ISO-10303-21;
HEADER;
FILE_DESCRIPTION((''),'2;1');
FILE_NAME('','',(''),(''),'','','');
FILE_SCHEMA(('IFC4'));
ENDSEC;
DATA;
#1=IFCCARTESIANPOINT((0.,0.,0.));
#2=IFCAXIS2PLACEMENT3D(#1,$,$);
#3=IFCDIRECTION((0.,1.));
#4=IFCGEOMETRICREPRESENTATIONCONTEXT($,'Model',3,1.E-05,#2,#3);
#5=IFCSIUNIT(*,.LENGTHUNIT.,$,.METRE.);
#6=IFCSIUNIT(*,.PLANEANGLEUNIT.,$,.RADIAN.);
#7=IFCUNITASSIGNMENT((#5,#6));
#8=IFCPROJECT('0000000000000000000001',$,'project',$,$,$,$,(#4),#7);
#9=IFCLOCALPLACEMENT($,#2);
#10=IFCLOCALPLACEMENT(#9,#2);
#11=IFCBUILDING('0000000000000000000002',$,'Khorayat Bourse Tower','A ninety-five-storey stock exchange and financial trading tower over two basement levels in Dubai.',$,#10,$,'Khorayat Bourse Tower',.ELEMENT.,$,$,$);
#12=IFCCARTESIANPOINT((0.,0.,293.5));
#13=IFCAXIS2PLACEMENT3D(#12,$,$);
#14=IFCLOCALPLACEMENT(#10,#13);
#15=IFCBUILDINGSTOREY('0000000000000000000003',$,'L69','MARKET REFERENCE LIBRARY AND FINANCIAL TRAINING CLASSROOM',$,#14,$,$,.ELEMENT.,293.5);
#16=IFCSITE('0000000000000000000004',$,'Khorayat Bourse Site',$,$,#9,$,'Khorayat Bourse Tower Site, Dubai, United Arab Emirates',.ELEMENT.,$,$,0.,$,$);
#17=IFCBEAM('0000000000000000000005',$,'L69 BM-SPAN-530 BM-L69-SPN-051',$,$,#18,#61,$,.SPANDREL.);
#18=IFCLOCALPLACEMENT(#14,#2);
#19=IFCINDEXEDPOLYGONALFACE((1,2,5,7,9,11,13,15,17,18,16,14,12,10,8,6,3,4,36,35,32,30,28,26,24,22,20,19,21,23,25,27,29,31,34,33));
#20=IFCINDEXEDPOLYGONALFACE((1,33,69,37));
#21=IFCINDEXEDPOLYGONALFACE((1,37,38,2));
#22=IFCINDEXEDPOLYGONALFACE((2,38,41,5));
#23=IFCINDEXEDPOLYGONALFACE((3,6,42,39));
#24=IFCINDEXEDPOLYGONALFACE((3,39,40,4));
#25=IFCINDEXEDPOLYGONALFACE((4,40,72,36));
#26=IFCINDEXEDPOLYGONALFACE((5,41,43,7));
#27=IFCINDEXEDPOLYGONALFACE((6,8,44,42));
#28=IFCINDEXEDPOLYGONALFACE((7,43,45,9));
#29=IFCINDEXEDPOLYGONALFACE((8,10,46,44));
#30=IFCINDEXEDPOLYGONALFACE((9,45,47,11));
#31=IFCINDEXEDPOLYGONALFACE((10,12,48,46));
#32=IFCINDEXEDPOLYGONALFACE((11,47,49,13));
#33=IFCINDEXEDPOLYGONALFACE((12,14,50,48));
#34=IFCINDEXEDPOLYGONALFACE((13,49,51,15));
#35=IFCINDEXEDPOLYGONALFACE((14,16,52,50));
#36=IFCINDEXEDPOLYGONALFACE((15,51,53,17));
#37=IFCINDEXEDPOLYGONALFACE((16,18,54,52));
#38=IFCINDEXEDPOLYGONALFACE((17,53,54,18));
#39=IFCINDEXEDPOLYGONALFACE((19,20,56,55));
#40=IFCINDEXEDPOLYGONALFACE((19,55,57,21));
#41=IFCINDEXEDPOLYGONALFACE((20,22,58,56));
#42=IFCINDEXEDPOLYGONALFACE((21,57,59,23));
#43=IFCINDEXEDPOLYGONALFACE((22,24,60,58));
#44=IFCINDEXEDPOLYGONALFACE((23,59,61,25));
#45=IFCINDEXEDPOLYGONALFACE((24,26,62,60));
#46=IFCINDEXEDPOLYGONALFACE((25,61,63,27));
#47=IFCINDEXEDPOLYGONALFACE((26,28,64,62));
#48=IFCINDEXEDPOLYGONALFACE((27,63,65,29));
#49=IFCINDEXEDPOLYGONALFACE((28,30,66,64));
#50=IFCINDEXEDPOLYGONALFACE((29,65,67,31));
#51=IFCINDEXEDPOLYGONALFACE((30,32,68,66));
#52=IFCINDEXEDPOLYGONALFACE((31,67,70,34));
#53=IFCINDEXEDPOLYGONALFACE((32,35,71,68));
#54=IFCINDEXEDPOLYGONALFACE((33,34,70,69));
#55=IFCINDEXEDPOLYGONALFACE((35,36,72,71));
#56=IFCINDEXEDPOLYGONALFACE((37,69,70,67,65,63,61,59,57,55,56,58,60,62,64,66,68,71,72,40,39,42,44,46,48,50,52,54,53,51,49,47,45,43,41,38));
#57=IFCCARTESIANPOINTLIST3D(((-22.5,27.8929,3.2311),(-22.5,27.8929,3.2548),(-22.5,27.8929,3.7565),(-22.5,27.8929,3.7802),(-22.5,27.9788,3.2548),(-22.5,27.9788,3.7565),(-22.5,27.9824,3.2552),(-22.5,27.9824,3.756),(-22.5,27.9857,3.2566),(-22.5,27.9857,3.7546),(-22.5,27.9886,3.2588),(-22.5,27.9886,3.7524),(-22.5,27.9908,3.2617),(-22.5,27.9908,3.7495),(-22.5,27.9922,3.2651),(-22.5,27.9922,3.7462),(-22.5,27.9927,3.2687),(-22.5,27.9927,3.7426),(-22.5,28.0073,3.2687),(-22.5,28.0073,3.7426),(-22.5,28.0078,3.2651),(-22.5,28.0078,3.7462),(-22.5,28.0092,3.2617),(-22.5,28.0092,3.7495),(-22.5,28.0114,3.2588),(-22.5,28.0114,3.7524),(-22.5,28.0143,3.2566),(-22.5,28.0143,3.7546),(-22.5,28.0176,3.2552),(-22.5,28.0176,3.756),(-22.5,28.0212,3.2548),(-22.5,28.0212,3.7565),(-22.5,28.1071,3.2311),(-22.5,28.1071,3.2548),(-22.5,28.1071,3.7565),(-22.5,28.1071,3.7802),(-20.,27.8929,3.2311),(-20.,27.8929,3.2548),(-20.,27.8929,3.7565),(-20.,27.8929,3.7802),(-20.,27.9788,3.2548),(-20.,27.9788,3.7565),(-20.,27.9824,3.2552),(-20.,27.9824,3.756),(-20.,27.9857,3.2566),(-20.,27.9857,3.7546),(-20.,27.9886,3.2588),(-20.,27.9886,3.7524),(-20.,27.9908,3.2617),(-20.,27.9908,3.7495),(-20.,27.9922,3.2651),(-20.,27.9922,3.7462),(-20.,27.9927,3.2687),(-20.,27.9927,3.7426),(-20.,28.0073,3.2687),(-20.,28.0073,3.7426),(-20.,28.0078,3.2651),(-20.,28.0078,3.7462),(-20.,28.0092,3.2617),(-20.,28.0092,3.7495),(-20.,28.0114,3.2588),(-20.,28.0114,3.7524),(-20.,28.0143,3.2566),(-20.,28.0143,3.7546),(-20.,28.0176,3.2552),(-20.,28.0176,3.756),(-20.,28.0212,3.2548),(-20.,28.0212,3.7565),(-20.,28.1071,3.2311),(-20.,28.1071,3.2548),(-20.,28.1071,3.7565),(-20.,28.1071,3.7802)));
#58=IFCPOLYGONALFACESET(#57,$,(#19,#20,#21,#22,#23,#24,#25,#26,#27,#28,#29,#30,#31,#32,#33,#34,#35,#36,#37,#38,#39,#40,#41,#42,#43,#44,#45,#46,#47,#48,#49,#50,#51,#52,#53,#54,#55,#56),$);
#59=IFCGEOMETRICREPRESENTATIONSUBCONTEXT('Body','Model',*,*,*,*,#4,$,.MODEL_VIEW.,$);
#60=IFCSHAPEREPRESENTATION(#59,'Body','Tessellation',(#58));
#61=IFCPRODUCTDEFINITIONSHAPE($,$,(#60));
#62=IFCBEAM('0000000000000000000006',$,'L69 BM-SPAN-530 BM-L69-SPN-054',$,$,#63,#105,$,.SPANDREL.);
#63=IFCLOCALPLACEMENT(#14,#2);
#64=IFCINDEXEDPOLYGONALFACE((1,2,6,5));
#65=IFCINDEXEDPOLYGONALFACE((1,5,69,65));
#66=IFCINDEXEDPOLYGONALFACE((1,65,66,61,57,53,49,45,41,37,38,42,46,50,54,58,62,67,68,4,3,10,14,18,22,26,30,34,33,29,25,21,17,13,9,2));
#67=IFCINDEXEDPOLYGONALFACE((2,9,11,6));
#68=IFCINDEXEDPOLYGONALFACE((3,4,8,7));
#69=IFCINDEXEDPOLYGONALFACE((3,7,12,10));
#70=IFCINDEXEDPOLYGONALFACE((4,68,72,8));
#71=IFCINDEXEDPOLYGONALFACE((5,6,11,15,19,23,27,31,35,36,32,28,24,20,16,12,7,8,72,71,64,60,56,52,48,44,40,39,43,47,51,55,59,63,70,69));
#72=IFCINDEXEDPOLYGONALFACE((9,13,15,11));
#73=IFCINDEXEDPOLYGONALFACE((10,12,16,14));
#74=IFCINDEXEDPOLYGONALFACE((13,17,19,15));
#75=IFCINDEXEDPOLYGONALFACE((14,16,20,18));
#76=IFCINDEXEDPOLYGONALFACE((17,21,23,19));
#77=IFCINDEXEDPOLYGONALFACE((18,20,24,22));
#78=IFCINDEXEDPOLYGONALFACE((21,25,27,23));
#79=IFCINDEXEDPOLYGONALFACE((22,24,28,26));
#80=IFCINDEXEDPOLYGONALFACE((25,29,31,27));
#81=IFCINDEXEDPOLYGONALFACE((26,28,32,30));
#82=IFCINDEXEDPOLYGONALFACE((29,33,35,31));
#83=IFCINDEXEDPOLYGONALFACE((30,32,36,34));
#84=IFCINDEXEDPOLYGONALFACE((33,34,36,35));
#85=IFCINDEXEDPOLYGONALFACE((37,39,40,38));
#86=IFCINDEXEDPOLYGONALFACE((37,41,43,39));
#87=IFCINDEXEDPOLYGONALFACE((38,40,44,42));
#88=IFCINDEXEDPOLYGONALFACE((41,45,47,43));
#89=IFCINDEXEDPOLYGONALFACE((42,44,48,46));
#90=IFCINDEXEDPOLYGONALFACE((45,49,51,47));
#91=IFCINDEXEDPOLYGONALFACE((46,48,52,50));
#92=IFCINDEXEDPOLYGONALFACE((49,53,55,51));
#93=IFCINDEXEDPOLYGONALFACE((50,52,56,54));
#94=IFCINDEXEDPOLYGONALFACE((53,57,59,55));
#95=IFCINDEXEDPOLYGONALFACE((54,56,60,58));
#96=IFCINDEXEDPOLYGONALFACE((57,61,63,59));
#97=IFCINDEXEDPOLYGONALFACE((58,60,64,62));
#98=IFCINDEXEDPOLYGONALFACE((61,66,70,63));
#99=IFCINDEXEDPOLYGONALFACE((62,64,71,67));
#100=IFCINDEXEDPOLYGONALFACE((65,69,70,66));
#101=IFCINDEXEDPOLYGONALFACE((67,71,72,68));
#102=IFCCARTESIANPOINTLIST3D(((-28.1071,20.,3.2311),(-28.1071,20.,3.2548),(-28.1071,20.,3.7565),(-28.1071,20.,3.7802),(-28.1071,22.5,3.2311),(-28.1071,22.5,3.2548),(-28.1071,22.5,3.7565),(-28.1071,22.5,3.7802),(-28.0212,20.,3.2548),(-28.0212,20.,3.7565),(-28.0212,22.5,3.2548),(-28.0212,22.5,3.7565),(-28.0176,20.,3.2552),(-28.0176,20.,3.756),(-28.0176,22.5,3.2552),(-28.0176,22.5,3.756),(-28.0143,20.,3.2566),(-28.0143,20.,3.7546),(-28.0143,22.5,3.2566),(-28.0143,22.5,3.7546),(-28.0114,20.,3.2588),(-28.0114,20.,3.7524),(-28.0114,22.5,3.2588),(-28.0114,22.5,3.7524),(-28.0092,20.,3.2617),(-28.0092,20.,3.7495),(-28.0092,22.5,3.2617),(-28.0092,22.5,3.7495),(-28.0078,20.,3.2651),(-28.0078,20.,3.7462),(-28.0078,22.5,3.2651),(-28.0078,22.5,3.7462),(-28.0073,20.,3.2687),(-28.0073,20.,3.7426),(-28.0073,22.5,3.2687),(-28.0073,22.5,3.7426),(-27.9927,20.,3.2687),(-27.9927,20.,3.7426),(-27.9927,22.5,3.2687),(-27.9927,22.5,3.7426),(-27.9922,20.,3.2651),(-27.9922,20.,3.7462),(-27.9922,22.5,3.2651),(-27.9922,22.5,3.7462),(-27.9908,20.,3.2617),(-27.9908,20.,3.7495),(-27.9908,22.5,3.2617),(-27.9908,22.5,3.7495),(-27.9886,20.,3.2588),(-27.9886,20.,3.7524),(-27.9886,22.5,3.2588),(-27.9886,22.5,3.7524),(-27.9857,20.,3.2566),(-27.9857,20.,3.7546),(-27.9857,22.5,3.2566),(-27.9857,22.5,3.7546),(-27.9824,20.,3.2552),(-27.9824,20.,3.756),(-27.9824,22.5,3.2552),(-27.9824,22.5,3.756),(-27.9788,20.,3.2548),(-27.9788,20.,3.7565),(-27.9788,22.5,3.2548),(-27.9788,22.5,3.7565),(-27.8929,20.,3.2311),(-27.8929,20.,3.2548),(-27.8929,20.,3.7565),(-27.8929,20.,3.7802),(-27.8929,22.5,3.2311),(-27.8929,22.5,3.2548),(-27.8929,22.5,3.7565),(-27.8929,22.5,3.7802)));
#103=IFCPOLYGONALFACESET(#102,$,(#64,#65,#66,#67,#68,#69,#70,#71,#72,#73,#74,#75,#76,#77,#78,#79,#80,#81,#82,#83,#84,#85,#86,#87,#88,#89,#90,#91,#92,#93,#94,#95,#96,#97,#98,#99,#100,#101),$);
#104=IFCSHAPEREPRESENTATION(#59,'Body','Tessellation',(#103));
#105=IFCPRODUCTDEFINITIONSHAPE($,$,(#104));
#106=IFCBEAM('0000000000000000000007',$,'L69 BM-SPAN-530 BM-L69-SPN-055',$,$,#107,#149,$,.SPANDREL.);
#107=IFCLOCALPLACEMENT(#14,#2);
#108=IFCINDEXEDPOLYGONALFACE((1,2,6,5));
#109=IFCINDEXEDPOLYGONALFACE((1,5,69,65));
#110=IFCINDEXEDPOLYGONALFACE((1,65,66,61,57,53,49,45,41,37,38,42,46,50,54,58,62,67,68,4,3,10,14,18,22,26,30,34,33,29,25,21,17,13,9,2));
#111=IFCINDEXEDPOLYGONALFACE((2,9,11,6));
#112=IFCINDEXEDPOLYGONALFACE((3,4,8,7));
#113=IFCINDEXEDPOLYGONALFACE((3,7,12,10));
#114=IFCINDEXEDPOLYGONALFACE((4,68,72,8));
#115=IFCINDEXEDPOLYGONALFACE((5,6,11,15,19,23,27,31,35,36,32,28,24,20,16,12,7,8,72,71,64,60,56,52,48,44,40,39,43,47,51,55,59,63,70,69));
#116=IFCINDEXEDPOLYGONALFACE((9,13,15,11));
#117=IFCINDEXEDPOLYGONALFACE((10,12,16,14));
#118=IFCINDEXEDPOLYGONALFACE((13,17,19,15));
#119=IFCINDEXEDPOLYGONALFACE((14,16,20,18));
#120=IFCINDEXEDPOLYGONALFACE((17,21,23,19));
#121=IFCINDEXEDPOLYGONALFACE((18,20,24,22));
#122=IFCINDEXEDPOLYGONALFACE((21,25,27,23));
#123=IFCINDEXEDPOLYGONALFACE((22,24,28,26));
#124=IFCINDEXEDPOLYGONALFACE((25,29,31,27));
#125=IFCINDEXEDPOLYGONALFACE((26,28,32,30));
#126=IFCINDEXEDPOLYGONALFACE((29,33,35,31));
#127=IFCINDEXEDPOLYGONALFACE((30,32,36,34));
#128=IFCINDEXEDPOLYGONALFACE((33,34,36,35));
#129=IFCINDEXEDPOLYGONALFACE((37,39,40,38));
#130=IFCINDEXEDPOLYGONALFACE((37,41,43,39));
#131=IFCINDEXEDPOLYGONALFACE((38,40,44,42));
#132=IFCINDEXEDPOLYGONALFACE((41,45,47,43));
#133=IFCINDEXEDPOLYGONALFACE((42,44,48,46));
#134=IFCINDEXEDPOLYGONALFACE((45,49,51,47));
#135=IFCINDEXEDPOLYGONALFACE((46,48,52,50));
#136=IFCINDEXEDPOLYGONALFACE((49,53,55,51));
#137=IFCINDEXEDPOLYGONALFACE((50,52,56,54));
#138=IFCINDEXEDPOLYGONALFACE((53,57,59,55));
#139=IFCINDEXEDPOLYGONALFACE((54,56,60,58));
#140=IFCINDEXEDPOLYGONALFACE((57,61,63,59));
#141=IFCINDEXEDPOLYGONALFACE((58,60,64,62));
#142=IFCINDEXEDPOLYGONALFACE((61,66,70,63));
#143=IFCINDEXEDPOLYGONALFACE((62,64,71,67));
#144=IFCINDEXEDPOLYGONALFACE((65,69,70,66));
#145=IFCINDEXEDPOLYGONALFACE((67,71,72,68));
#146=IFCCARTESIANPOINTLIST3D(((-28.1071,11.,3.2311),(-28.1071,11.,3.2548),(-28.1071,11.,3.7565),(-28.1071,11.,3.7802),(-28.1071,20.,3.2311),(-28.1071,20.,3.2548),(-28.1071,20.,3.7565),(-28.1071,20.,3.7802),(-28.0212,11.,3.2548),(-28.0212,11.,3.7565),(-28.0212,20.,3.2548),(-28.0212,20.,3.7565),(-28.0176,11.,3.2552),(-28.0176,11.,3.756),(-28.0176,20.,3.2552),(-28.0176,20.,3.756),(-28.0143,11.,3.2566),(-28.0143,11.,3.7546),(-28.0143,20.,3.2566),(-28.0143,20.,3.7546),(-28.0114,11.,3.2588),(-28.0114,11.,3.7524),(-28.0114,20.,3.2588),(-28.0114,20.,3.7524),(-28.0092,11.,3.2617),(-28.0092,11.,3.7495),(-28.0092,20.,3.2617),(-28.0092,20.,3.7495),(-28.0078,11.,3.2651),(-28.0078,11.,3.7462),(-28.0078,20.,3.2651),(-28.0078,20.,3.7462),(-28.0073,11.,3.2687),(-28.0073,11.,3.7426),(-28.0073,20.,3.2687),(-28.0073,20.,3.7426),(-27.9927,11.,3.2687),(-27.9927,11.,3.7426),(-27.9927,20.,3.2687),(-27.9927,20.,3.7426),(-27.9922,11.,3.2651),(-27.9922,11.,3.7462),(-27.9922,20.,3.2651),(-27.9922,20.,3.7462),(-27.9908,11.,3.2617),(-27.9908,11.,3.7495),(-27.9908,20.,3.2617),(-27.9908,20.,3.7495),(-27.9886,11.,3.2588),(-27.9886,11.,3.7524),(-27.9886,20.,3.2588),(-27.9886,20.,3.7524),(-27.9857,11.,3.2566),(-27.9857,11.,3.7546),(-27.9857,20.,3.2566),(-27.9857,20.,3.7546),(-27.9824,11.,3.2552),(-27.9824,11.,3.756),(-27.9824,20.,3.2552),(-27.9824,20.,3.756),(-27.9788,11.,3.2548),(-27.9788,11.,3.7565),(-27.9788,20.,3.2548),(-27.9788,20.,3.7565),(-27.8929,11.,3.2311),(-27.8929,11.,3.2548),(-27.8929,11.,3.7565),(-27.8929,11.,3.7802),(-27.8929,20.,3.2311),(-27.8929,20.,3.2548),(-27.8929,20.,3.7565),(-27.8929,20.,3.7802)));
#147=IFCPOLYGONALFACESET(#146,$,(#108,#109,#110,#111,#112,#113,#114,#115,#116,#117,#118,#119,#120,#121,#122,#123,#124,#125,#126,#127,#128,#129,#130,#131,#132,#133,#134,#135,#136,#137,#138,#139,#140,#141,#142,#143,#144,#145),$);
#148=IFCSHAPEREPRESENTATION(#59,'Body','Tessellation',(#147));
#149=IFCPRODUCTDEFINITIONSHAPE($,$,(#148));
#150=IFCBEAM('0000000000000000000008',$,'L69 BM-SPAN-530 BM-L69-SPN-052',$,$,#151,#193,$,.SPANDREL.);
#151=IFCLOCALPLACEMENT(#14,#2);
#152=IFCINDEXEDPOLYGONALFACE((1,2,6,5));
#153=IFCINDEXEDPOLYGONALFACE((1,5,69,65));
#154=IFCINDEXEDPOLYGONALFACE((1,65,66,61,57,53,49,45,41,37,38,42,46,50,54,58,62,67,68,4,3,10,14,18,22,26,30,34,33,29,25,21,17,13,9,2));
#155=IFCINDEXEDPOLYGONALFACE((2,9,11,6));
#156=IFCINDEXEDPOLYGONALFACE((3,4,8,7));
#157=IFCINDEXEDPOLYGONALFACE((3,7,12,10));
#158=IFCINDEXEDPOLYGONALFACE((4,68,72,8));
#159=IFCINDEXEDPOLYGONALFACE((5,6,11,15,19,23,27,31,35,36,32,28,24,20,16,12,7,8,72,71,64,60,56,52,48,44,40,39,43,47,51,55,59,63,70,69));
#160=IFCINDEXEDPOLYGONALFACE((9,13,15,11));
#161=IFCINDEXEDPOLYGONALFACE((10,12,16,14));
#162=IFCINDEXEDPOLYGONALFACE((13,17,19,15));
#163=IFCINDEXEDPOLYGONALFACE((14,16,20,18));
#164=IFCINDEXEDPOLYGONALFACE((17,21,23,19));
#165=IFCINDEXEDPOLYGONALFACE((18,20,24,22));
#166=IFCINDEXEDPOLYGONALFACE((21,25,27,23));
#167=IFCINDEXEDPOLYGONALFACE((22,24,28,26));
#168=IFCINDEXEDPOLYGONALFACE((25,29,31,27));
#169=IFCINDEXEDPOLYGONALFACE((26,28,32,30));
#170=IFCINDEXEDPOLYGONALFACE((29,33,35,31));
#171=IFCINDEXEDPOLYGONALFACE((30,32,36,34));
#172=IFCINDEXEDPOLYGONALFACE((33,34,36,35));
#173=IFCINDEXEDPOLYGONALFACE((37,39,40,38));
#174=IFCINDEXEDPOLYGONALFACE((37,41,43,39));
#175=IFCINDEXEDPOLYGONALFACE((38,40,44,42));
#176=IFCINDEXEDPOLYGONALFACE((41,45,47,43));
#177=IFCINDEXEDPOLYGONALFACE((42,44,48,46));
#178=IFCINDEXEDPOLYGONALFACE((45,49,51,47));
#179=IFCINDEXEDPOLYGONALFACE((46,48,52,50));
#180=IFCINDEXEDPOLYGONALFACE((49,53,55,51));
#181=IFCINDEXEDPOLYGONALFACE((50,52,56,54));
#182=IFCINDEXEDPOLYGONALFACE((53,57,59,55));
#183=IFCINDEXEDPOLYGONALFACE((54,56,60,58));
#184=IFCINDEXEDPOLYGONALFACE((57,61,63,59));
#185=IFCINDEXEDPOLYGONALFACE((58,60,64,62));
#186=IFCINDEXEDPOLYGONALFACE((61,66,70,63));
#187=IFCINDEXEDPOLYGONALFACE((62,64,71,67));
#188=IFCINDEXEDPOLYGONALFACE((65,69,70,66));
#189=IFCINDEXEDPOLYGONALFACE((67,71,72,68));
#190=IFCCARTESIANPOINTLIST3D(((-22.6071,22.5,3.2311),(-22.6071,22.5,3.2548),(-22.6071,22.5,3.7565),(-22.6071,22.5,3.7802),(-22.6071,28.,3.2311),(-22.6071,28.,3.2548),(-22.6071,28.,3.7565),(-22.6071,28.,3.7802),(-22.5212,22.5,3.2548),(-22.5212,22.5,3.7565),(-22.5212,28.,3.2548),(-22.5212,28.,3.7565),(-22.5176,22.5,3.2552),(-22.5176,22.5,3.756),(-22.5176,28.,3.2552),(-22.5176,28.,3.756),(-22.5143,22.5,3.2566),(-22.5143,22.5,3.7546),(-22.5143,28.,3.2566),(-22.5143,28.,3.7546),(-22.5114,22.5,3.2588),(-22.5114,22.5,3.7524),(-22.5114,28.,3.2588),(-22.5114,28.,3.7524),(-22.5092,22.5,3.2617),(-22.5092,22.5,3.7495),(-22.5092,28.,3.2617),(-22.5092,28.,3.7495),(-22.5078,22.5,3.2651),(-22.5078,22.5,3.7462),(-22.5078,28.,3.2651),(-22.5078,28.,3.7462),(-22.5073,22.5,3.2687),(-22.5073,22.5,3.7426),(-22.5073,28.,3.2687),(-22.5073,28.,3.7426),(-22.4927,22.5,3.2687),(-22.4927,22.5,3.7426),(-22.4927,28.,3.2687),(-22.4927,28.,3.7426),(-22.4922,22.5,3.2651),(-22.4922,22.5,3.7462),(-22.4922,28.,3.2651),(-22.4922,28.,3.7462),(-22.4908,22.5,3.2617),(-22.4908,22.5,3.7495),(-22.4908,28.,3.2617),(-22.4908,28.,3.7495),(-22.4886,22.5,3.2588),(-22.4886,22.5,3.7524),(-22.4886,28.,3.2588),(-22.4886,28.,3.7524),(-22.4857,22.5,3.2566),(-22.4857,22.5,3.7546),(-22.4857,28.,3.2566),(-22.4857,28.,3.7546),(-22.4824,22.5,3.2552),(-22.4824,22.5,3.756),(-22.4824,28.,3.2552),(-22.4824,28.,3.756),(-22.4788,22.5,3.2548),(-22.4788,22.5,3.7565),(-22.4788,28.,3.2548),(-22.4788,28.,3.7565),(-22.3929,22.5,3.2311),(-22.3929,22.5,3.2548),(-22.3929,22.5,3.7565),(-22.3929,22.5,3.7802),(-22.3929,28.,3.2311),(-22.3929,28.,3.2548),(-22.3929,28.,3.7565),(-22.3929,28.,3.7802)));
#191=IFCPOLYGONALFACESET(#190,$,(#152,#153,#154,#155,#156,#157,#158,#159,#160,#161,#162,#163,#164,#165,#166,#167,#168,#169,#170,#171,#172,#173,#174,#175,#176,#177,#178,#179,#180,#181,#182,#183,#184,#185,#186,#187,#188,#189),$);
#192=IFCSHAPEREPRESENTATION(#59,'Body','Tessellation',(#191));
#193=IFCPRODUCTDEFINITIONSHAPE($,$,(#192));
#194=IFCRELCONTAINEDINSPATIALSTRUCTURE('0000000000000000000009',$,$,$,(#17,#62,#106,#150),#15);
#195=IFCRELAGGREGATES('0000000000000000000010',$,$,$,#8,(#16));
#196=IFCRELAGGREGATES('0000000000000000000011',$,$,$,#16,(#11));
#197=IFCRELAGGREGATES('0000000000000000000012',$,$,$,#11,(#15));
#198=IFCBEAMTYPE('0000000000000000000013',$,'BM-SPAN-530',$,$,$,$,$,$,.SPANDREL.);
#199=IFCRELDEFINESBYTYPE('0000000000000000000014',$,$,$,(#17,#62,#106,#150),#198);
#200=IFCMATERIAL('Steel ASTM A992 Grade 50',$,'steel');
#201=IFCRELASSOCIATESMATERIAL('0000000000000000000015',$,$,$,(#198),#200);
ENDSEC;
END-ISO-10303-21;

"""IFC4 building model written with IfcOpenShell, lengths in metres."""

from ifc_helpers import new_model, si_unit, direction, frame, origin, origin_2d, place, context, subcontext, project, spatial, i_section, extrude, source, transform, mapped, material, material_profile, profile_set, type_object, element, save


model = new_model("IFC4")

# Units and contexts
model_context = context("Model", 3, precision=1e-05, world=origin(), true_north=direction((0.0, 1.0)))
body_context = subcontext(model_context, "Body", "Model", "MODEL_VIEW")
ifc_project = project(units=[si_unit("LENGTHUNIT", "METRE"), si_unit("PLANEANGLEUNIT", "RADIAN")], contexts=[model_context])

# Site, building, storey
site_placement = place(None, origin())
site = spatial("IfcSite", under=ifc_project, at=site_placement, Name="Khorayat Bourse Site", LongName="Khorayat Bourse Tower Site, Dubai, United Arab Emirates", CompositionType="ELEMENT", RefElevation=0.0)
building_placement = place(site_placement, origin())
building = spatial("IfcBuilding", under=site, at=building_placement, Name="Khorayat Bourse Tower", Description="A ninety-five-storey stock exchange and financial trading tower over two basement levels in Dubai.", LongName="Khorayat Bourse Tower", CompositionType="ELEMENT")
storey_placement = place(building_placement, frame((0.0, 0.0, 293.5)))
storey = spatial("IfcBuildingStorey", under=building, at=storey_placement, Name="L69", Description="MARKET REFERENCE LIBRARY AND FINANCIAL TRAINING CLASSROOM", CompositionType="ELEMENT", Elevation=293.5)

# Beams
ifc_material_1 = material(Name="Steel ASTM A992 Grade 50", Category="steel")
ifc_material_profile_1 = material_profile(ifc_material_1, i_section(OverallWidth=0.2141, OverallDepth=0.5491, WebThickness=0.0146, FlangeThickness=0.0237, FilletRadius=0.0139, at=origin_2d()), Name="W530X138")
ifc_profile_set_1 = profile_set([ifc_material_profile_1], Name="Steel ASTM A992 Grade 50")
beam_type_1 = type_object("IfcBeamType", Name="BM-SPAN-530", PredefinedType="SPANDREL", material=ifc_profile_set_1)
shared_shape_1 = source(origin(), body_context, "Body", "SweptSolid", [
    extrude(i_section(OverallWidth=0.2141, OverallDepth=0.5491, WebThickness=0.0146, FlangeThickness=0.0237, FilletRadius=0.0139, at=origin_2d()), origin(), (0.0, 0.0, 1.0), 2.5),
])
for number, where, z_axis, x_axis, name in (
    (1, (-22.5, 28.0, 3.5056), (1.0, 0.0, 0.0), (0.0, 1.0, 0.0), "L69 BM-SPAN-530 BM-L69-SPN-051"),
    (2, (-28.0, 20.0, 3.5056), (0.0, 1.0, 0.0), (-1.0, 0.0, 0.0), "L69 BM-SPAN-530 BM-L69-SPN-054"),
):
    element("IfcBeam", number, at=place(storey_placement, frame(where, z_axis=z_axis, x_axis=x_axis)), inside=storey, type_object=beam_type_1, Name=name, PredefinedType="SPANDREL", context=body_context, shape_type="MappedRepresentation", body=[
        mapped(shared_shape_1, transform((0.0, 0.0, 0.0), scale=1.0)),
    ])
shared_shape_2 = source(origin(), body_context, "Body", "SweptSolid", [
    extrude(i_section(OverallWidth=0.2141, OverallDepth=0.5491, WebThickness=0.0146, FlangeThickness=0.0237, FilletRadius=0.0139, at=origin_2d()), origin(), (0.0, 0.0, 1.0), 9.0),
])
beam_1_placement = place(storey_placement, frame((-28.0, 11.0, 3.5056), z_axis=(0.0, 1.0, 0.0), x_axis=(-1.0, 0.0, 0.0)))
element("IfcBeam", 3, at=beam_1_placement, inside=storey, type_object=beam_type_1, Name="L69 BM-SPAN-530 BM-L69-SPN-055", PredefinedType="SPANDREL", context=body_context, shape_type="MappedRepresentation", body=[
    mapped(shared_shape_2, transform((0.0, 0.0, 0.0), scale=1.0)),
])
shared_shape_3 = source(origin(), body_context, "Body", "SweptSolid", [
    extrude(i_section(OverallWidth=0.2141, OverallDepth=0.5491, WebThickness=0.0146, FlangeThickness=0.0237, FilletRadius=0.0139, at=origin_2d()), origin(), (0.0, 0.0, 1.0), 5.5),
])
for number, where, z_axis, x_axis, name in (
    (4, (-22.5, 22.5, 3.5056), (0.0, 1.0, 0.0), (-1.0, 0.0, 0.0), "L69 BM-SPAN-530 BM-L69-SPN-052"),
):
    element("IfcBeam", number, at=place(storey_placement, frame(where, z_axis=z_axis, x_axis=x_axis)), inside=storey, type_object=beam_type_1, Name=name, PredefinedType="SPANDREL", context=body_context, shape_type="MappedRepresentation", body=[
        mapped(shared_shape_3, transform((0.0, 0.0, 0.0), scale=1.0)),
    ])

save(model, "model.ifc")
